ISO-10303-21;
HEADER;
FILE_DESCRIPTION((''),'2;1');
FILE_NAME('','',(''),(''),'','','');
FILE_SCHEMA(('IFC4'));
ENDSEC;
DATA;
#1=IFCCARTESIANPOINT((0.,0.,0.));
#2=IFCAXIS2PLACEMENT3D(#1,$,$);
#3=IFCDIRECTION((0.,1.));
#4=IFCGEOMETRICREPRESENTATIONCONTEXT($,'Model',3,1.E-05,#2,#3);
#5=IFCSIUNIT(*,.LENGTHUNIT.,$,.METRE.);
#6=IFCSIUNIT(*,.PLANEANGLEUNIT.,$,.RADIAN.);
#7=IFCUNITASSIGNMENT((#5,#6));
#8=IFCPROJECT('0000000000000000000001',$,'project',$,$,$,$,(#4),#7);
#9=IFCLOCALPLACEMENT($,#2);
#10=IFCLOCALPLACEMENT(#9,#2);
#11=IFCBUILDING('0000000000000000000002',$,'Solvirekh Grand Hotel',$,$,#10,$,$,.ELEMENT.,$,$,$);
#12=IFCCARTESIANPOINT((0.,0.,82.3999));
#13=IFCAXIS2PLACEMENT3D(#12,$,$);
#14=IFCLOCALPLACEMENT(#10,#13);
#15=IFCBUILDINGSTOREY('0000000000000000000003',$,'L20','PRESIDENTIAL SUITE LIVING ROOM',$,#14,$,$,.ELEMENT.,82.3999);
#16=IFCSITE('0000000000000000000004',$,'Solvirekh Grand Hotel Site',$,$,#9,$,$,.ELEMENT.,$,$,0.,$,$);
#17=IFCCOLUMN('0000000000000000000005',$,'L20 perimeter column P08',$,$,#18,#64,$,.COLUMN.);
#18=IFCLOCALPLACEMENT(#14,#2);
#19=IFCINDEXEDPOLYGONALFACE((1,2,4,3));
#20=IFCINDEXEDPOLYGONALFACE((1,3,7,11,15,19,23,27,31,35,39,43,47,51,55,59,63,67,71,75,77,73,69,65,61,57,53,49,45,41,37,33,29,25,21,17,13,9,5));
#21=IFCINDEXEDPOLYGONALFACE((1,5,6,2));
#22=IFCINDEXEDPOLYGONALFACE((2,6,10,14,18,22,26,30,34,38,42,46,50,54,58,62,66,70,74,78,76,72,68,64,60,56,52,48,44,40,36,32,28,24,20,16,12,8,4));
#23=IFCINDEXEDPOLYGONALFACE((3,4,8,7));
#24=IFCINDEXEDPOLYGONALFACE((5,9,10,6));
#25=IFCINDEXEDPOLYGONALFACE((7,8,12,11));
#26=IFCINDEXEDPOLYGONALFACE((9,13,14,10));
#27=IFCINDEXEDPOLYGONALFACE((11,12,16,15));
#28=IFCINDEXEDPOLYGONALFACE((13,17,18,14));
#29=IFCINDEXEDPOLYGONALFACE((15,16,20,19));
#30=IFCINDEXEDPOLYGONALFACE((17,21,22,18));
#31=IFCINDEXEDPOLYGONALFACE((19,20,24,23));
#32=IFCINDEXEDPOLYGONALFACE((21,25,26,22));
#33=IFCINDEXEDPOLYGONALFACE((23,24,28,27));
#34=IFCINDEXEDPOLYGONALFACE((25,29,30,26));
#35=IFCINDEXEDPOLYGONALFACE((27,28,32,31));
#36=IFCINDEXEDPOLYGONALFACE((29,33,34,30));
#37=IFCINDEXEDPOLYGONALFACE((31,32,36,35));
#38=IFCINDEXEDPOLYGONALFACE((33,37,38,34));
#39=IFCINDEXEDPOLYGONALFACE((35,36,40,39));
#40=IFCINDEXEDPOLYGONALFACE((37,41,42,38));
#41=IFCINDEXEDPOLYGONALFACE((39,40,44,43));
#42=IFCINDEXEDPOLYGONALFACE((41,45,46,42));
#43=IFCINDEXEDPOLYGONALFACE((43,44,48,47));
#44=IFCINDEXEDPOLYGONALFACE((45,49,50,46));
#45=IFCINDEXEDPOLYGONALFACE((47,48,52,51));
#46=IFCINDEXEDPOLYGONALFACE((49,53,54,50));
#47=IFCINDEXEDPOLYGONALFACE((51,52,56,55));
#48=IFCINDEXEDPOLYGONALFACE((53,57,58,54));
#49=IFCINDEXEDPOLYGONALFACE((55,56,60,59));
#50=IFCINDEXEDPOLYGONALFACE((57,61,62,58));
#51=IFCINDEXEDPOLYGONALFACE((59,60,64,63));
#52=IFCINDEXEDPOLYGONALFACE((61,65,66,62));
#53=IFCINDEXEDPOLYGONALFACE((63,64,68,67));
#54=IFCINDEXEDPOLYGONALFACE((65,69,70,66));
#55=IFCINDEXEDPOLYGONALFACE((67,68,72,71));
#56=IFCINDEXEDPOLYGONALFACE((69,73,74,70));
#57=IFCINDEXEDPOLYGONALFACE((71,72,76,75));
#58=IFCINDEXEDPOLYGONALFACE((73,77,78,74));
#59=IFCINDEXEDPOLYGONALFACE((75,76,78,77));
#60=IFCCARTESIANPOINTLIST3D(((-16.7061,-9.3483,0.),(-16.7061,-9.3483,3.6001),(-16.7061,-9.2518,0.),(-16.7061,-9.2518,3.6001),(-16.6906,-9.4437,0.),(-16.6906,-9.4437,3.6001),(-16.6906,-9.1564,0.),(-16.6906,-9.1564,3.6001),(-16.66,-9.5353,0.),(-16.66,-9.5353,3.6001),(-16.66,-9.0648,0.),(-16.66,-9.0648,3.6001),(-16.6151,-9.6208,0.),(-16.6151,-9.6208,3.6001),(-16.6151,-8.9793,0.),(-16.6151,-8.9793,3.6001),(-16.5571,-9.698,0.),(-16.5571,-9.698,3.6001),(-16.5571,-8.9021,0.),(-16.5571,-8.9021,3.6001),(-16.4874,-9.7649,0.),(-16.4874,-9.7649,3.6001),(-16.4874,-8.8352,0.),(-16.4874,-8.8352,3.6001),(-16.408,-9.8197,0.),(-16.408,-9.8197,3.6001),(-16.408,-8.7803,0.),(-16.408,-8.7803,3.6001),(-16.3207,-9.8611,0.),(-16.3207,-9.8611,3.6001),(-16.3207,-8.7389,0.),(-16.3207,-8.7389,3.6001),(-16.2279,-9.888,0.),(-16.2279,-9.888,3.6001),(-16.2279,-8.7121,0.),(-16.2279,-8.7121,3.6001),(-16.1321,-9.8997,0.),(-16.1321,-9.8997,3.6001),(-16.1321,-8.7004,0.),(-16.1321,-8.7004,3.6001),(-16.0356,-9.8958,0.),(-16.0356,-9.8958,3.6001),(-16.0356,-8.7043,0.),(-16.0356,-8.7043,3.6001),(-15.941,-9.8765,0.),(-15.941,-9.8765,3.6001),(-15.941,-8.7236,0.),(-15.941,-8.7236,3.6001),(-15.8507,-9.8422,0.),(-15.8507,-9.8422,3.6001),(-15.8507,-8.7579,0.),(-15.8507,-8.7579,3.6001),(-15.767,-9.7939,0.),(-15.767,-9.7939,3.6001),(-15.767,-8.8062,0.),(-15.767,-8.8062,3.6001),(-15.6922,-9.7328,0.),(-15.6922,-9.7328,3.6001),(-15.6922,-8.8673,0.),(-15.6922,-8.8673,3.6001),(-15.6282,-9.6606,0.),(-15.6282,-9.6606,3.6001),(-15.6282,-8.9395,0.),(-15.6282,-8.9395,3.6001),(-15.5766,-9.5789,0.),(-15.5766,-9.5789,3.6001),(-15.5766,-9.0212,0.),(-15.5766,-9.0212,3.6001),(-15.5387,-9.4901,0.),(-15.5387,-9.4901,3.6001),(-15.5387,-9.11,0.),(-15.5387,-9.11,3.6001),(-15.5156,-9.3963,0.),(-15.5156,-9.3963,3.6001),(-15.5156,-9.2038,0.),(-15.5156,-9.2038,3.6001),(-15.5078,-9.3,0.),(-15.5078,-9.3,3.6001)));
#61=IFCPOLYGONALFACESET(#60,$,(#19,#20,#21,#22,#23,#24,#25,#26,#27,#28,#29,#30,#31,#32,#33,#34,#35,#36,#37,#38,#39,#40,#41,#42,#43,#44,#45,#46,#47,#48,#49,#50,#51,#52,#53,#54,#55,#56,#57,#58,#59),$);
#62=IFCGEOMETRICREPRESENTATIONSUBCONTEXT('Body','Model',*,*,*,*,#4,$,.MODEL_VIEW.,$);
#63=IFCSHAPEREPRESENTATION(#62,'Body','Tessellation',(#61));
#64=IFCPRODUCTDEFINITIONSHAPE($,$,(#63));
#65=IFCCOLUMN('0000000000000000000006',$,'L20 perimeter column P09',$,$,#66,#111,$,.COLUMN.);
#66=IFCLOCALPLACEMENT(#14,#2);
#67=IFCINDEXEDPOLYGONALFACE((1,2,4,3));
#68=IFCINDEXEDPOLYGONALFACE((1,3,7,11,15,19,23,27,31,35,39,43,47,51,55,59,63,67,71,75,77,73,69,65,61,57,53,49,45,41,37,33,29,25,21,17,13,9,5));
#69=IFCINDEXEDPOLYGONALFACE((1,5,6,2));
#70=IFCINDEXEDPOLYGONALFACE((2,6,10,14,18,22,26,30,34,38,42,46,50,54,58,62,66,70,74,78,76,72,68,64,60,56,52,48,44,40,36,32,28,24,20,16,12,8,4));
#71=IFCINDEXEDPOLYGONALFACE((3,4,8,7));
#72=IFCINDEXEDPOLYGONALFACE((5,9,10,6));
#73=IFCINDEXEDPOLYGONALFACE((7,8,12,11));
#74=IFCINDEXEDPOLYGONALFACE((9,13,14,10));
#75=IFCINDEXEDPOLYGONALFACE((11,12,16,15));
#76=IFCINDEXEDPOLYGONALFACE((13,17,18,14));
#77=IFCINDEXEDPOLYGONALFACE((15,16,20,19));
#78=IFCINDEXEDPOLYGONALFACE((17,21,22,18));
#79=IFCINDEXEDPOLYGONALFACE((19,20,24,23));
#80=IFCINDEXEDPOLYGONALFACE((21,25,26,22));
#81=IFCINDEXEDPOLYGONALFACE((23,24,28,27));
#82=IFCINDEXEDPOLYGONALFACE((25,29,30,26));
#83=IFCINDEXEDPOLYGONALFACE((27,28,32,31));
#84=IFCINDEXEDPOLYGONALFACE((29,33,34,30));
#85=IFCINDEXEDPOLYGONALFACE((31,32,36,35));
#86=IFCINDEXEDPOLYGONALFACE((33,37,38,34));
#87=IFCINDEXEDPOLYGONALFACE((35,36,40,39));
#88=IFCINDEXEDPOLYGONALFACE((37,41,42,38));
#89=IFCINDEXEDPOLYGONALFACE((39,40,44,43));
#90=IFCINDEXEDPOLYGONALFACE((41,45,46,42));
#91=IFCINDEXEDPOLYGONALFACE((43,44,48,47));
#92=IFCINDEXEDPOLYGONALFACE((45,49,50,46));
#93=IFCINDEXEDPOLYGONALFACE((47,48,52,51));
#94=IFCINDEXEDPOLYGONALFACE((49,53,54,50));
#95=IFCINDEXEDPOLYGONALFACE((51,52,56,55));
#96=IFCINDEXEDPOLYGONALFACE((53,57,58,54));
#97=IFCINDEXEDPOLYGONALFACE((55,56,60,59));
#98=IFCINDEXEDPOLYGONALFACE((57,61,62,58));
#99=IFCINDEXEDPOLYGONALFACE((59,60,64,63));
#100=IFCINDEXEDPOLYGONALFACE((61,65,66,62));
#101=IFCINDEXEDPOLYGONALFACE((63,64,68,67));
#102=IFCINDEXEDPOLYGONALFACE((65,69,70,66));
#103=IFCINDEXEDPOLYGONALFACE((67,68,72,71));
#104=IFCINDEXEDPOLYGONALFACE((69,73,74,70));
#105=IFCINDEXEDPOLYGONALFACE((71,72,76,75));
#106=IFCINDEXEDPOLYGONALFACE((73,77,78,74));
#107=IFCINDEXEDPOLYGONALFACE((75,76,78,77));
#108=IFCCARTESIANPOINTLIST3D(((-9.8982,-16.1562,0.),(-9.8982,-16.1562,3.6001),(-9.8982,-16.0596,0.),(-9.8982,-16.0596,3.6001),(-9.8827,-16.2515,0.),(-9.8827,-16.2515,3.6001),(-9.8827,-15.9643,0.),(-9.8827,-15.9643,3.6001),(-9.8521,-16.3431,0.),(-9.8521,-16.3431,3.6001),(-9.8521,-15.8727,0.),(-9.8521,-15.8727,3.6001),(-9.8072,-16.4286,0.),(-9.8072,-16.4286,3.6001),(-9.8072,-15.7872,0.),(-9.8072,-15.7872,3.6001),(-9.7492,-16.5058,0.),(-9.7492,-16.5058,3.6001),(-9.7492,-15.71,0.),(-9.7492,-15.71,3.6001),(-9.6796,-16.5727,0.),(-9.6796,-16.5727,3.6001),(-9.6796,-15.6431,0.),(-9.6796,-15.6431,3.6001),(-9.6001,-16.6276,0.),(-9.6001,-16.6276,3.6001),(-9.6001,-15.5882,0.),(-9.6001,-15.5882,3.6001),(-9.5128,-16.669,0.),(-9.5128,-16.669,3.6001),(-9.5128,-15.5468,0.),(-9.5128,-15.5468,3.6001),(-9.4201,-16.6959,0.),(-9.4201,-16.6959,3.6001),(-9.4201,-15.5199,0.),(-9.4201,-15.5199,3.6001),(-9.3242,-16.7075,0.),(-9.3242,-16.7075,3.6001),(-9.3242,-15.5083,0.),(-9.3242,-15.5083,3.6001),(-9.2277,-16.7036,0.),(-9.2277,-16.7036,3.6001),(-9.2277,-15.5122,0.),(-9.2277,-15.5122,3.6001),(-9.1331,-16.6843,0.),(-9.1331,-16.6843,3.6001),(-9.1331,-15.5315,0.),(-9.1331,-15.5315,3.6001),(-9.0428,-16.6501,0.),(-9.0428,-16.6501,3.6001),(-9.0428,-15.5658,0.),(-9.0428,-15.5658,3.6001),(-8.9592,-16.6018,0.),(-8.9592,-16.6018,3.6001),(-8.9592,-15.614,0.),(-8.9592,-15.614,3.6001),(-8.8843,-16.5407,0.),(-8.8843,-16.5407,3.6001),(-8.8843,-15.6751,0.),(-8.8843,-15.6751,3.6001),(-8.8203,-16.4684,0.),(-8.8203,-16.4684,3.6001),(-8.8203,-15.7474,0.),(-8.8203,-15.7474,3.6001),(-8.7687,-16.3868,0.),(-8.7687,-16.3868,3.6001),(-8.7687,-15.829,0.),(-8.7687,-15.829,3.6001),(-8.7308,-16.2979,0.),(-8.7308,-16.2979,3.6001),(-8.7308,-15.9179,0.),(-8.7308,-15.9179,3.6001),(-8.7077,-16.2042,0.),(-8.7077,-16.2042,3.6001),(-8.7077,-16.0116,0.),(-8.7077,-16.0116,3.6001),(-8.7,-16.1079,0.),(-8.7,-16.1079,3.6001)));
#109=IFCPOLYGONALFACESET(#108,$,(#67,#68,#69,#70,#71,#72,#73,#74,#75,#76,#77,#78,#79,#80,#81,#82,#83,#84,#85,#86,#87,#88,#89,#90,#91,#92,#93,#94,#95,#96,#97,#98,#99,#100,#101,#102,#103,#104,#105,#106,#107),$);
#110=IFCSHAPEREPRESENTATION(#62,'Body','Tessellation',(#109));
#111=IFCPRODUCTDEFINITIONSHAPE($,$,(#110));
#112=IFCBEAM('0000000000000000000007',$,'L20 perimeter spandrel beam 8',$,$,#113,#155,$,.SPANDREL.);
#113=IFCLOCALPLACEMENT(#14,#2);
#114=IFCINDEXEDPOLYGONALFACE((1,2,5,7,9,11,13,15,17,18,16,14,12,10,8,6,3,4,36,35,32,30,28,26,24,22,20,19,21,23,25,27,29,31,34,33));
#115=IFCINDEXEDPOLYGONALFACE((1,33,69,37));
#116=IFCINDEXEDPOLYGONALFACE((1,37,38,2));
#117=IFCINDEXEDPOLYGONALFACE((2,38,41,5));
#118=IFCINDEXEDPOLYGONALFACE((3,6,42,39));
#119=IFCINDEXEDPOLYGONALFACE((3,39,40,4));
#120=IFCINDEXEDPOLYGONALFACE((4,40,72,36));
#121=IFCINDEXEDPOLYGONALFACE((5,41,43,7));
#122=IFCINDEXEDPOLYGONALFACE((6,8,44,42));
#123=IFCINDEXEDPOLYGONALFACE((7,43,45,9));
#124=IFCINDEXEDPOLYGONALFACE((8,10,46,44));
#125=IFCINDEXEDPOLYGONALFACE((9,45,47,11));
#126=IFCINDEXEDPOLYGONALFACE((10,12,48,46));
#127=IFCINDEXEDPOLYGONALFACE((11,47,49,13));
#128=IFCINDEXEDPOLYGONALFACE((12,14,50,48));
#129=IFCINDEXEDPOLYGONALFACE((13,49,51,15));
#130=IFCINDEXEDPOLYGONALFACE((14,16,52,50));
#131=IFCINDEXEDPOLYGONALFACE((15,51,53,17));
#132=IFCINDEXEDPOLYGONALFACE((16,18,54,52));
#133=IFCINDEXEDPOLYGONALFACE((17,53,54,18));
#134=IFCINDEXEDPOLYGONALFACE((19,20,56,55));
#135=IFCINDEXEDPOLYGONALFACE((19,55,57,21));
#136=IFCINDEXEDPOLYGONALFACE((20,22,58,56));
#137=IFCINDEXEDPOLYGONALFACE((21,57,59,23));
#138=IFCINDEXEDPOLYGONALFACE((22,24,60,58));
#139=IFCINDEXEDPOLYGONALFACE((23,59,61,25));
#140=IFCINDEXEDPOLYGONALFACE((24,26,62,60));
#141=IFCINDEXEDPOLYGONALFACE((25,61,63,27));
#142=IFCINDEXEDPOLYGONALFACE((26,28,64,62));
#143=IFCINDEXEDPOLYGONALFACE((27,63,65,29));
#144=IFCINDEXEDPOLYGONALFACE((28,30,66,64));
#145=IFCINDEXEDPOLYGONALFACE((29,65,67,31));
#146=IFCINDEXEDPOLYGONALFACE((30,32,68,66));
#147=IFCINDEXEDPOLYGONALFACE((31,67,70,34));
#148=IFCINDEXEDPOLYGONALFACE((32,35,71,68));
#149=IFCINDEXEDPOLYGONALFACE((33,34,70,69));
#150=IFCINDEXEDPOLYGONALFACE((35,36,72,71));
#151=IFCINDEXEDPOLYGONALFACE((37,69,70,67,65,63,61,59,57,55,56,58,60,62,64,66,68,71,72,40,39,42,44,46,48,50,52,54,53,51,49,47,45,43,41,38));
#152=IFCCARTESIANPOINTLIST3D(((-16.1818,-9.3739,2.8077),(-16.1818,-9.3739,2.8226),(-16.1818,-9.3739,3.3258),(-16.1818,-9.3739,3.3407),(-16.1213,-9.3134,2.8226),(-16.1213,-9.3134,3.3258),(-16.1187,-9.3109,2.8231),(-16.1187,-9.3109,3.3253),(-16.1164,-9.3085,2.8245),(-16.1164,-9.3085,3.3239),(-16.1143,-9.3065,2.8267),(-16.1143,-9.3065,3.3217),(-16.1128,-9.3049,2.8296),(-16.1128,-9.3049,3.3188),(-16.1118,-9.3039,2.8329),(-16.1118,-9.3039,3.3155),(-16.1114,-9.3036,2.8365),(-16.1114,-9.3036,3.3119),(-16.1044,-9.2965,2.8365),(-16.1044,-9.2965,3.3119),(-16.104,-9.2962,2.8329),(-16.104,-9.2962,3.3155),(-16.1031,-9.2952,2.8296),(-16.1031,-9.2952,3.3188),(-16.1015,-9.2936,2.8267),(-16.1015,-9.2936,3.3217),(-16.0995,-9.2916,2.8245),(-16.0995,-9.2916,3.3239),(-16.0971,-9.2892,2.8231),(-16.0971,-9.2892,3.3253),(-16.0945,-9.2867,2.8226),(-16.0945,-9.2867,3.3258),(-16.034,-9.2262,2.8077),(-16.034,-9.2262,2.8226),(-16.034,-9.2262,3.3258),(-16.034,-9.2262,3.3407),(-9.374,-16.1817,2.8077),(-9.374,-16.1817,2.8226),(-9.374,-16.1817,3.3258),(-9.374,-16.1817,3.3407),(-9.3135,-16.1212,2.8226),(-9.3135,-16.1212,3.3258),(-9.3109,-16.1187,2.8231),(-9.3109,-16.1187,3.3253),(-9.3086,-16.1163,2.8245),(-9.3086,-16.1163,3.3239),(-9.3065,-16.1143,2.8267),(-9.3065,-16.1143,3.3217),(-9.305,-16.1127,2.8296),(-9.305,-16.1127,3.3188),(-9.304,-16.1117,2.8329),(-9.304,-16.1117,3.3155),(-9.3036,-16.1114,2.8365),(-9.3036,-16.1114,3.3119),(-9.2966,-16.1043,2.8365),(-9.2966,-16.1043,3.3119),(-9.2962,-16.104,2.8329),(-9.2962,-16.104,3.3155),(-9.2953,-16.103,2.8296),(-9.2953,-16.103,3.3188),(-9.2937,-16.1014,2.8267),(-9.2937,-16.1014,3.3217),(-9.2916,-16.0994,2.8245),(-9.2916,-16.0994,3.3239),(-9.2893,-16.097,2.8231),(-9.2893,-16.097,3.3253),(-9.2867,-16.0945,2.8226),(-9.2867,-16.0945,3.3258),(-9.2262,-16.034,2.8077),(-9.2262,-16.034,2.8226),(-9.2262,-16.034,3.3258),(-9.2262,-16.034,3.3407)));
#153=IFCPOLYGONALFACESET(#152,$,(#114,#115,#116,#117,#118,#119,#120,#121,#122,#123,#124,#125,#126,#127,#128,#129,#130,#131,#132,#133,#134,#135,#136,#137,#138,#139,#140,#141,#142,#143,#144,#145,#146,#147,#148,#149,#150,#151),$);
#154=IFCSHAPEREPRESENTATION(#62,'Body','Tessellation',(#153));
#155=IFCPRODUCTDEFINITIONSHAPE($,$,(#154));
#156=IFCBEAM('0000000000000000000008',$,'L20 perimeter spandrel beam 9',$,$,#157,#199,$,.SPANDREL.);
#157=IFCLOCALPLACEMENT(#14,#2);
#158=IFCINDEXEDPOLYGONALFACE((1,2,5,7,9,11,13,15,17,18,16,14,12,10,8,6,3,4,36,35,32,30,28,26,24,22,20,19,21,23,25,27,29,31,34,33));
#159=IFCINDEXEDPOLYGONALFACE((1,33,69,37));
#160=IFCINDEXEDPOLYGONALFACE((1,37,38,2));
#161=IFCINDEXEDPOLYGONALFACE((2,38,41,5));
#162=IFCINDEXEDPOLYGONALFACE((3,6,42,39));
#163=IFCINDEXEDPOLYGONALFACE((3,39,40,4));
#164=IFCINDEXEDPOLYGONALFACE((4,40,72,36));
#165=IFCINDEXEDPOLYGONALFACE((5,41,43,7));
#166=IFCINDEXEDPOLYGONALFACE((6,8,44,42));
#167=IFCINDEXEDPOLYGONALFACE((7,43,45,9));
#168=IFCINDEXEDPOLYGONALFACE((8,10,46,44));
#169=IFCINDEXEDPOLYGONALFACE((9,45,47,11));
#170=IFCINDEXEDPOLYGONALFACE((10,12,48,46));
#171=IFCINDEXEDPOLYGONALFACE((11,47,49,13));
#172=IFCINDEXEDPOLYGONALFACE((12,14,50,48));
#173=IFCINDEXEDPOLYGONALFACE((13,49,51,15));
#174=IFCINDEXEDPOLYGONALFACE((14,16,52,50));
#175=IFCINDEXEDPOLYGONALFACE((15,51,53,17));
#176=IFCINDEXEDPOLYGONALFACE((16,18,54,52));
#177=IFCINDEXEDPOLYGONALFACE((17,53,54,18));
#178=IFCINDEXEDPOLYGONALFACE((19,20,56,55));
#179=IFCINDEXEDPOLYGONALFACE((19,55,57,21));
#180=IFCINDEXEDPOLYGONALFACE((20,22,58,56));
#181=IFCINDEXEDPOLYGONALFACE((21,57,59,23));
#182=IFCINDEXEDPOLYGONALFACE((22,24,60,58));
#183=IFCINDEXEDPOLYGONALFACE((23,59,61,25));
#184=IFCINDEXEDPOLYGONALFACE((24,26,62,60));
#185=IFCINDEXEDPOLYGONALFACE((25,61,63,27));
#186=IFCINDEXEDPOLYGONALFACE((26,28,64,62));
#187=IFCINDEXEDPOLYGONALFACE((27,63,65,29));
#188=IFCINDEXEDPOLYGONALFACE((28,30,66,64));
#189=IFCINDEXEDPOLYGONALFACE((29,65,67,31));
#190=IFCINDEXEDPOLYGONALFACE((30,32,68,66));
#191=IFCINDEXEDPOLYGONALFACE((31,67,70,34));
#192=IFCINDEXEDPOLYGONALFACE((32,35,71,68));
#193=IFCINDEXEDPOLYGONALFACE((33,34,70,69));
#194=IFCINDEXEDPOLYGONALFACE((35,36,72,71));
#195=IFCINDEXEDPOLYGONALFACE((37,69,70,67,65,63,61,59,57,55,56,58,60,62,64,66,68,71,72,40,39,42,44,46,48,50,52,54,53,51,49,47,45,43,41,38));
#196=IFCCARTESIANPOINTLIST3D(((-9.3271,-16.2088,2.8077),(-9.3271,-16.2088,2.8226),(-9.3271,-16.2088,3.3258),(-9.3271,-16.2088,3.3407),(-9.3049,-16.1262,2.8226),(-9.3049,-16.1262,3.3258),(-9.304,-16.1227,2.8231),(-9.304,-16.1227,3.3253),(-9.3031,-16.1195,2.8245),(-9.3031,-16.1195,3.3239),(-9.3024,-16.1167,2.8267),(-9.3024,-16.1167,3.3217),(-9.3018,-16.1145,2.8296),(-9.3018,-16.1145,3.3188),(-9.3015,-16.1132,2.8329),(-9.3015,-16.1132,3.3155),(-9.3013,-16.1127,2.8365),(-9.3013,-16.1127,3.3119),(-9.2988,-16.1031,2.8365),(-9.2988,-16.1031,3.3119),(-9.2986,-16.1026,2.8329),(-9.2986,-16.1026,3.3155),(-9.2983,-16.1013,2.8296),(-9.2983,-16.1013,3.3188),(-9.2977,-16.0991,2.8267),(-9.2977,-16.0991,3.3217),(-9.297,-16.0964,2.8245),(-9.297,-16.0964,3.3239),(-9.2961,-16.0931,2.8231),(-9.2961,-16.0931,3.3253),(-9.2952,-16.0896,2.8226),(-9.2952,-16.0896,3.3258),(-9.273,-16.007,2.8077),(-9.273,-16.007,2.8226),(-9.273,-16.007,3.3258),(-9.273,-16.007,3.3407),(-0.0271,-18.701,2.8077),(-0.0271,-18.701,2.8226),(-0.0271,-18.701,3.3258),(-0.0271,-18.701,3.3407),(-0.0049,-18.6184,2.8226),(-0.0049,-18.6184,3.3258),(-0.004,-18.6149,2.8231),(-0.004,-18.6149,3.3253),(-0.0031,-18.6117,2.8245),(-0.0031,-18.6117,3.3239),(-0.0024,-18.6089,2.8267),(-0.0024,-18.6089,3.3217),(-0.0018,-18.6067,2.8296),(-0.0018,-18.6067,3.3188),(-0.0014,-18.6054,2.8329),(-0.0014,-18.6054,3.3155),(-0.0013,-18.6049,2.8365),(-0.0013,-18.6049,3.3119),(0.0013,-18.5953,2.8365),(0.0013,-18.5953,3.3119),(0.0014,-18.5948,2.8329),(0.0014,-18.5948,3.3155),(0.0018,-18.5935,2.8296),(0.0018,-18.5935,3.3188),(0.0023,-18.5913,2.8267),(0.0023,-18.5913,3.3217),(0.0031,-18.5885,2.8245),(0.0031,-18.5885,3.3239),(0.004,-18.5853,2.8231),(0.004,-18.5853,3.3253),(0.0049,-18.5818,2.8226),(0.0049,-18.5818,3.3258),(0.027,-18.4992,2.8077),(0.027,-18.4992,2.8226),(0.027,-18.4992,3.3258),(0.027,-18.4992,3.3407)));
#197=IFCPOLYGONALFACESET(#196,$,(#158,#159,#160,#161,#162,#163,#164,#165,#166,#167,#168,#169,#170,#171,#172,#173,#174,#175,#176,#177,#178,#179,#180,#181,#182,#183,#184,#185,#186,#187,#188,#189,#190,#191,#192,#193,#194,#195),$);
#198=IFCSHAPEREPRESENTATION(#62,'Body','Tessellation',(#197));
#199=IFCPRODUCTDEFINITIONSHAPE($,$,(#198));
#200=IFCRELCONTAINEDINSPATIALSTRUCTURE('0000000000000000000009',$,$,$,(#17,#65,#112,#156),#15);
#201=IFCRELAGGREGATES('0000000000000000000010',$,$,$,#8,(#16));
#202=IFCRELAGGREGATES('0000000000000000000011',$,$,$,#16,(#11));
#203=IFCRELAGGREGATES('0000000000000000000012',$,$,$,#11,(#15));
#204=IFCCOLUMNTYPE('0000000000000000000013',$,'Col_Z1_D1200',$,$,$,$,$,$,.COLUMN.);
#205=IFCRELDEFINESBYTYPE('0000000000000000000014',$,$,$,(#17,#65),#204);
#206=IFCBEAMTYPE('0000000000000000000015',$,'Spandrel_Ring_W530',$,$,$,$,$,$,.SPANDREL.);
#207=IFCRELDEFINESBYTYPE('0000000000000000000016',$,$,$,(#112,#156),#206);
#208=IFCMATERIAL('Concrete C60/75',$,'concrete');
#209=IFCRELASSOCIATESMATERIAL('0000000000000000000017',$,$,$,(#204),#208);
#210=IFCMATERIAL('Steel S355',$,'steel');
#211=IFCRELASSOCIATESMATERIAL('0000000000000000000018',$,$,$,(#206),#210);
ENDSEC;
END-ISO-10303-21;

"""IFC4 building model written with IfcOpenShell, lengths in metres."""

from ifc_helpers import new_model, si_unit, direction, frame, origin, origin_2d, place, context, subcontext, project, spatial, circle, i_section, extrude, material, material_profile, profile_set, type_object, element, save


model = new_model("IFC4")

# Units and contexts
model_context = context("Model", 3, precision=1e-05, world=origin(), true_north=direction((0.0, 1.0)))
body_context = subcontext(model_context, "Body", "Model", "MODEL_VIEW")
ifc_project = project(units=[si_unit("LENGTHUNIT", "METRE"), si_unit("PLANEANGLEUNIT", "RADIAN")], contexts=[model_context])

# Site, building, storey
site_placement = place(None, origin())
site = spatial("IfcSite", under=ifc_project, at=site_placement, Name="Solvirekh Grand Hotel Site", CompositionType="ELEMENT", RefElevation=0.0)
building_placement = place(site_placement, origin())
building = spatial("IfcBuilding", under=site, at=building_placement, Name="Solvirekh Grand Hotel", CompositionType="ELEMENT")
storey_placement = place(building_placement, frame((0.0, 0.0, 82.3999)))
storey = spatial("IfcBuildingStorey", under=building, at=storey_placement, Name="L20", Description="PRESIDENTIAL SUITE LIVING ROOM", CompositionType="ELEMENT", Elevation=82.3999)

# Columns
ifc_material_1 = material(Name="Concrete C60/75", Category="concrete")
ifc_material_profile_1 = material_profile(ifc_material_1, circle(Radius=0.6001, at=origin_2d()), Name="RC CIRC D1200")
ifc_profile_set_1 = profile_set([ifc_material_profile_1], Name="Concrete C60/75")
column_type = type_object("IfcColumnType", Name="Col_Z1_D1200", PredefinedType="COLUMN", material=ifc_profile_set_1)
for number, where, z_axis, x_axis, name in (
    (1, (-16.1079, -9.3, 0.0), (0.0, 0.0, 1.0), (1.0, 0.0, 0.0), "L20 perimeter column P08"),
    (2, (-9.3, -16.1079, 0.0), (0.0, 0.0, 1.0), (1.0, 0.0, 0.0), "L20 perimeter column P09"),
):
    element("IfcColumn", number, at=place(storey_placement, frame(where, z_axis=z_axis, x_axis=x_axis)), inside=storey, type_object=column_type, Name=name, PredefinedType="COLUMN", context=body_context, shape_type="SweptSolid", body=[
        extrude(circle(Radius=0.6001, at=origin_2d()), origin(), (0.0, 0.0, 1.0), 3.6001),
    ])

# Beams
ifc_material_2 = material(Name="Steel S355", Category="steel")
ifc_material_profile_2 = material_profile(ifc_material_2, i_section(OverallWidth=0.209, OverallDepth=0.533, WebThickness=0.01, FlangeThickness=0.0149, FilletRadius=0.0139, at=origin_2d()), Name="W530X92")
ifc_profile_set_2 = profile_set([ifc_material_profile_2], Name="Steel S355")
beam_type = type_object("IfcBeamType", Name="Spandrel_Ring_W530", PredefinedType="SPANDREL", material=ifc_profile_set_2)
beam_1_placement = place(storey_placement, frame((-16.1079, -9.3, 3.0742), z_axis=(0.707107, -0.707107, 0.0), x_axis=(0.707107, 0.707107, 0.0)))
element("IfcBeam", 3, at=beam_1_placement, inside=storey, type_object=beam_type, Name="L20 perimeter spandrel beam 8", PredefinedType="SPANDREL", context=body_context, shape_type="SweptSolid", body=[
    extrude(i_section(OverallWidth=0.209, OverallDepth=0.533, WebThickness=0.01, FlangeThickness=0.0149, FilletRadius=0.0139, at=origin_2d()), origin(), (0.0, 0.0, 1.0), 9.6277),
])
beam_2_placement = place(storey_placement, frame((-9.3, -16.1079, 3.0742), z_axis=(0.965919, -0.258843, 0.0), x_axis=(0.258843, 0.965919, 0.0)))
element("IfcBeam", 4, at=beam_2_placement, inside=storey, type_object=beam_type, Name="L20 perimeter spandrel beam 9", PredefinedType="SPANDREL", context=body_context, shape_type="SweptSolid", body=[
    extrude(i_section(OverallWidth=0.209, OverallDepth=0.533, WebThickness=0.01, FlangeThickness=0.0149, FilletRadius=0.0139, at=origin_2d()), origin(), (0.0, 0.0, 1.0), 9.6282),
])

save(model, "model.ifc")
